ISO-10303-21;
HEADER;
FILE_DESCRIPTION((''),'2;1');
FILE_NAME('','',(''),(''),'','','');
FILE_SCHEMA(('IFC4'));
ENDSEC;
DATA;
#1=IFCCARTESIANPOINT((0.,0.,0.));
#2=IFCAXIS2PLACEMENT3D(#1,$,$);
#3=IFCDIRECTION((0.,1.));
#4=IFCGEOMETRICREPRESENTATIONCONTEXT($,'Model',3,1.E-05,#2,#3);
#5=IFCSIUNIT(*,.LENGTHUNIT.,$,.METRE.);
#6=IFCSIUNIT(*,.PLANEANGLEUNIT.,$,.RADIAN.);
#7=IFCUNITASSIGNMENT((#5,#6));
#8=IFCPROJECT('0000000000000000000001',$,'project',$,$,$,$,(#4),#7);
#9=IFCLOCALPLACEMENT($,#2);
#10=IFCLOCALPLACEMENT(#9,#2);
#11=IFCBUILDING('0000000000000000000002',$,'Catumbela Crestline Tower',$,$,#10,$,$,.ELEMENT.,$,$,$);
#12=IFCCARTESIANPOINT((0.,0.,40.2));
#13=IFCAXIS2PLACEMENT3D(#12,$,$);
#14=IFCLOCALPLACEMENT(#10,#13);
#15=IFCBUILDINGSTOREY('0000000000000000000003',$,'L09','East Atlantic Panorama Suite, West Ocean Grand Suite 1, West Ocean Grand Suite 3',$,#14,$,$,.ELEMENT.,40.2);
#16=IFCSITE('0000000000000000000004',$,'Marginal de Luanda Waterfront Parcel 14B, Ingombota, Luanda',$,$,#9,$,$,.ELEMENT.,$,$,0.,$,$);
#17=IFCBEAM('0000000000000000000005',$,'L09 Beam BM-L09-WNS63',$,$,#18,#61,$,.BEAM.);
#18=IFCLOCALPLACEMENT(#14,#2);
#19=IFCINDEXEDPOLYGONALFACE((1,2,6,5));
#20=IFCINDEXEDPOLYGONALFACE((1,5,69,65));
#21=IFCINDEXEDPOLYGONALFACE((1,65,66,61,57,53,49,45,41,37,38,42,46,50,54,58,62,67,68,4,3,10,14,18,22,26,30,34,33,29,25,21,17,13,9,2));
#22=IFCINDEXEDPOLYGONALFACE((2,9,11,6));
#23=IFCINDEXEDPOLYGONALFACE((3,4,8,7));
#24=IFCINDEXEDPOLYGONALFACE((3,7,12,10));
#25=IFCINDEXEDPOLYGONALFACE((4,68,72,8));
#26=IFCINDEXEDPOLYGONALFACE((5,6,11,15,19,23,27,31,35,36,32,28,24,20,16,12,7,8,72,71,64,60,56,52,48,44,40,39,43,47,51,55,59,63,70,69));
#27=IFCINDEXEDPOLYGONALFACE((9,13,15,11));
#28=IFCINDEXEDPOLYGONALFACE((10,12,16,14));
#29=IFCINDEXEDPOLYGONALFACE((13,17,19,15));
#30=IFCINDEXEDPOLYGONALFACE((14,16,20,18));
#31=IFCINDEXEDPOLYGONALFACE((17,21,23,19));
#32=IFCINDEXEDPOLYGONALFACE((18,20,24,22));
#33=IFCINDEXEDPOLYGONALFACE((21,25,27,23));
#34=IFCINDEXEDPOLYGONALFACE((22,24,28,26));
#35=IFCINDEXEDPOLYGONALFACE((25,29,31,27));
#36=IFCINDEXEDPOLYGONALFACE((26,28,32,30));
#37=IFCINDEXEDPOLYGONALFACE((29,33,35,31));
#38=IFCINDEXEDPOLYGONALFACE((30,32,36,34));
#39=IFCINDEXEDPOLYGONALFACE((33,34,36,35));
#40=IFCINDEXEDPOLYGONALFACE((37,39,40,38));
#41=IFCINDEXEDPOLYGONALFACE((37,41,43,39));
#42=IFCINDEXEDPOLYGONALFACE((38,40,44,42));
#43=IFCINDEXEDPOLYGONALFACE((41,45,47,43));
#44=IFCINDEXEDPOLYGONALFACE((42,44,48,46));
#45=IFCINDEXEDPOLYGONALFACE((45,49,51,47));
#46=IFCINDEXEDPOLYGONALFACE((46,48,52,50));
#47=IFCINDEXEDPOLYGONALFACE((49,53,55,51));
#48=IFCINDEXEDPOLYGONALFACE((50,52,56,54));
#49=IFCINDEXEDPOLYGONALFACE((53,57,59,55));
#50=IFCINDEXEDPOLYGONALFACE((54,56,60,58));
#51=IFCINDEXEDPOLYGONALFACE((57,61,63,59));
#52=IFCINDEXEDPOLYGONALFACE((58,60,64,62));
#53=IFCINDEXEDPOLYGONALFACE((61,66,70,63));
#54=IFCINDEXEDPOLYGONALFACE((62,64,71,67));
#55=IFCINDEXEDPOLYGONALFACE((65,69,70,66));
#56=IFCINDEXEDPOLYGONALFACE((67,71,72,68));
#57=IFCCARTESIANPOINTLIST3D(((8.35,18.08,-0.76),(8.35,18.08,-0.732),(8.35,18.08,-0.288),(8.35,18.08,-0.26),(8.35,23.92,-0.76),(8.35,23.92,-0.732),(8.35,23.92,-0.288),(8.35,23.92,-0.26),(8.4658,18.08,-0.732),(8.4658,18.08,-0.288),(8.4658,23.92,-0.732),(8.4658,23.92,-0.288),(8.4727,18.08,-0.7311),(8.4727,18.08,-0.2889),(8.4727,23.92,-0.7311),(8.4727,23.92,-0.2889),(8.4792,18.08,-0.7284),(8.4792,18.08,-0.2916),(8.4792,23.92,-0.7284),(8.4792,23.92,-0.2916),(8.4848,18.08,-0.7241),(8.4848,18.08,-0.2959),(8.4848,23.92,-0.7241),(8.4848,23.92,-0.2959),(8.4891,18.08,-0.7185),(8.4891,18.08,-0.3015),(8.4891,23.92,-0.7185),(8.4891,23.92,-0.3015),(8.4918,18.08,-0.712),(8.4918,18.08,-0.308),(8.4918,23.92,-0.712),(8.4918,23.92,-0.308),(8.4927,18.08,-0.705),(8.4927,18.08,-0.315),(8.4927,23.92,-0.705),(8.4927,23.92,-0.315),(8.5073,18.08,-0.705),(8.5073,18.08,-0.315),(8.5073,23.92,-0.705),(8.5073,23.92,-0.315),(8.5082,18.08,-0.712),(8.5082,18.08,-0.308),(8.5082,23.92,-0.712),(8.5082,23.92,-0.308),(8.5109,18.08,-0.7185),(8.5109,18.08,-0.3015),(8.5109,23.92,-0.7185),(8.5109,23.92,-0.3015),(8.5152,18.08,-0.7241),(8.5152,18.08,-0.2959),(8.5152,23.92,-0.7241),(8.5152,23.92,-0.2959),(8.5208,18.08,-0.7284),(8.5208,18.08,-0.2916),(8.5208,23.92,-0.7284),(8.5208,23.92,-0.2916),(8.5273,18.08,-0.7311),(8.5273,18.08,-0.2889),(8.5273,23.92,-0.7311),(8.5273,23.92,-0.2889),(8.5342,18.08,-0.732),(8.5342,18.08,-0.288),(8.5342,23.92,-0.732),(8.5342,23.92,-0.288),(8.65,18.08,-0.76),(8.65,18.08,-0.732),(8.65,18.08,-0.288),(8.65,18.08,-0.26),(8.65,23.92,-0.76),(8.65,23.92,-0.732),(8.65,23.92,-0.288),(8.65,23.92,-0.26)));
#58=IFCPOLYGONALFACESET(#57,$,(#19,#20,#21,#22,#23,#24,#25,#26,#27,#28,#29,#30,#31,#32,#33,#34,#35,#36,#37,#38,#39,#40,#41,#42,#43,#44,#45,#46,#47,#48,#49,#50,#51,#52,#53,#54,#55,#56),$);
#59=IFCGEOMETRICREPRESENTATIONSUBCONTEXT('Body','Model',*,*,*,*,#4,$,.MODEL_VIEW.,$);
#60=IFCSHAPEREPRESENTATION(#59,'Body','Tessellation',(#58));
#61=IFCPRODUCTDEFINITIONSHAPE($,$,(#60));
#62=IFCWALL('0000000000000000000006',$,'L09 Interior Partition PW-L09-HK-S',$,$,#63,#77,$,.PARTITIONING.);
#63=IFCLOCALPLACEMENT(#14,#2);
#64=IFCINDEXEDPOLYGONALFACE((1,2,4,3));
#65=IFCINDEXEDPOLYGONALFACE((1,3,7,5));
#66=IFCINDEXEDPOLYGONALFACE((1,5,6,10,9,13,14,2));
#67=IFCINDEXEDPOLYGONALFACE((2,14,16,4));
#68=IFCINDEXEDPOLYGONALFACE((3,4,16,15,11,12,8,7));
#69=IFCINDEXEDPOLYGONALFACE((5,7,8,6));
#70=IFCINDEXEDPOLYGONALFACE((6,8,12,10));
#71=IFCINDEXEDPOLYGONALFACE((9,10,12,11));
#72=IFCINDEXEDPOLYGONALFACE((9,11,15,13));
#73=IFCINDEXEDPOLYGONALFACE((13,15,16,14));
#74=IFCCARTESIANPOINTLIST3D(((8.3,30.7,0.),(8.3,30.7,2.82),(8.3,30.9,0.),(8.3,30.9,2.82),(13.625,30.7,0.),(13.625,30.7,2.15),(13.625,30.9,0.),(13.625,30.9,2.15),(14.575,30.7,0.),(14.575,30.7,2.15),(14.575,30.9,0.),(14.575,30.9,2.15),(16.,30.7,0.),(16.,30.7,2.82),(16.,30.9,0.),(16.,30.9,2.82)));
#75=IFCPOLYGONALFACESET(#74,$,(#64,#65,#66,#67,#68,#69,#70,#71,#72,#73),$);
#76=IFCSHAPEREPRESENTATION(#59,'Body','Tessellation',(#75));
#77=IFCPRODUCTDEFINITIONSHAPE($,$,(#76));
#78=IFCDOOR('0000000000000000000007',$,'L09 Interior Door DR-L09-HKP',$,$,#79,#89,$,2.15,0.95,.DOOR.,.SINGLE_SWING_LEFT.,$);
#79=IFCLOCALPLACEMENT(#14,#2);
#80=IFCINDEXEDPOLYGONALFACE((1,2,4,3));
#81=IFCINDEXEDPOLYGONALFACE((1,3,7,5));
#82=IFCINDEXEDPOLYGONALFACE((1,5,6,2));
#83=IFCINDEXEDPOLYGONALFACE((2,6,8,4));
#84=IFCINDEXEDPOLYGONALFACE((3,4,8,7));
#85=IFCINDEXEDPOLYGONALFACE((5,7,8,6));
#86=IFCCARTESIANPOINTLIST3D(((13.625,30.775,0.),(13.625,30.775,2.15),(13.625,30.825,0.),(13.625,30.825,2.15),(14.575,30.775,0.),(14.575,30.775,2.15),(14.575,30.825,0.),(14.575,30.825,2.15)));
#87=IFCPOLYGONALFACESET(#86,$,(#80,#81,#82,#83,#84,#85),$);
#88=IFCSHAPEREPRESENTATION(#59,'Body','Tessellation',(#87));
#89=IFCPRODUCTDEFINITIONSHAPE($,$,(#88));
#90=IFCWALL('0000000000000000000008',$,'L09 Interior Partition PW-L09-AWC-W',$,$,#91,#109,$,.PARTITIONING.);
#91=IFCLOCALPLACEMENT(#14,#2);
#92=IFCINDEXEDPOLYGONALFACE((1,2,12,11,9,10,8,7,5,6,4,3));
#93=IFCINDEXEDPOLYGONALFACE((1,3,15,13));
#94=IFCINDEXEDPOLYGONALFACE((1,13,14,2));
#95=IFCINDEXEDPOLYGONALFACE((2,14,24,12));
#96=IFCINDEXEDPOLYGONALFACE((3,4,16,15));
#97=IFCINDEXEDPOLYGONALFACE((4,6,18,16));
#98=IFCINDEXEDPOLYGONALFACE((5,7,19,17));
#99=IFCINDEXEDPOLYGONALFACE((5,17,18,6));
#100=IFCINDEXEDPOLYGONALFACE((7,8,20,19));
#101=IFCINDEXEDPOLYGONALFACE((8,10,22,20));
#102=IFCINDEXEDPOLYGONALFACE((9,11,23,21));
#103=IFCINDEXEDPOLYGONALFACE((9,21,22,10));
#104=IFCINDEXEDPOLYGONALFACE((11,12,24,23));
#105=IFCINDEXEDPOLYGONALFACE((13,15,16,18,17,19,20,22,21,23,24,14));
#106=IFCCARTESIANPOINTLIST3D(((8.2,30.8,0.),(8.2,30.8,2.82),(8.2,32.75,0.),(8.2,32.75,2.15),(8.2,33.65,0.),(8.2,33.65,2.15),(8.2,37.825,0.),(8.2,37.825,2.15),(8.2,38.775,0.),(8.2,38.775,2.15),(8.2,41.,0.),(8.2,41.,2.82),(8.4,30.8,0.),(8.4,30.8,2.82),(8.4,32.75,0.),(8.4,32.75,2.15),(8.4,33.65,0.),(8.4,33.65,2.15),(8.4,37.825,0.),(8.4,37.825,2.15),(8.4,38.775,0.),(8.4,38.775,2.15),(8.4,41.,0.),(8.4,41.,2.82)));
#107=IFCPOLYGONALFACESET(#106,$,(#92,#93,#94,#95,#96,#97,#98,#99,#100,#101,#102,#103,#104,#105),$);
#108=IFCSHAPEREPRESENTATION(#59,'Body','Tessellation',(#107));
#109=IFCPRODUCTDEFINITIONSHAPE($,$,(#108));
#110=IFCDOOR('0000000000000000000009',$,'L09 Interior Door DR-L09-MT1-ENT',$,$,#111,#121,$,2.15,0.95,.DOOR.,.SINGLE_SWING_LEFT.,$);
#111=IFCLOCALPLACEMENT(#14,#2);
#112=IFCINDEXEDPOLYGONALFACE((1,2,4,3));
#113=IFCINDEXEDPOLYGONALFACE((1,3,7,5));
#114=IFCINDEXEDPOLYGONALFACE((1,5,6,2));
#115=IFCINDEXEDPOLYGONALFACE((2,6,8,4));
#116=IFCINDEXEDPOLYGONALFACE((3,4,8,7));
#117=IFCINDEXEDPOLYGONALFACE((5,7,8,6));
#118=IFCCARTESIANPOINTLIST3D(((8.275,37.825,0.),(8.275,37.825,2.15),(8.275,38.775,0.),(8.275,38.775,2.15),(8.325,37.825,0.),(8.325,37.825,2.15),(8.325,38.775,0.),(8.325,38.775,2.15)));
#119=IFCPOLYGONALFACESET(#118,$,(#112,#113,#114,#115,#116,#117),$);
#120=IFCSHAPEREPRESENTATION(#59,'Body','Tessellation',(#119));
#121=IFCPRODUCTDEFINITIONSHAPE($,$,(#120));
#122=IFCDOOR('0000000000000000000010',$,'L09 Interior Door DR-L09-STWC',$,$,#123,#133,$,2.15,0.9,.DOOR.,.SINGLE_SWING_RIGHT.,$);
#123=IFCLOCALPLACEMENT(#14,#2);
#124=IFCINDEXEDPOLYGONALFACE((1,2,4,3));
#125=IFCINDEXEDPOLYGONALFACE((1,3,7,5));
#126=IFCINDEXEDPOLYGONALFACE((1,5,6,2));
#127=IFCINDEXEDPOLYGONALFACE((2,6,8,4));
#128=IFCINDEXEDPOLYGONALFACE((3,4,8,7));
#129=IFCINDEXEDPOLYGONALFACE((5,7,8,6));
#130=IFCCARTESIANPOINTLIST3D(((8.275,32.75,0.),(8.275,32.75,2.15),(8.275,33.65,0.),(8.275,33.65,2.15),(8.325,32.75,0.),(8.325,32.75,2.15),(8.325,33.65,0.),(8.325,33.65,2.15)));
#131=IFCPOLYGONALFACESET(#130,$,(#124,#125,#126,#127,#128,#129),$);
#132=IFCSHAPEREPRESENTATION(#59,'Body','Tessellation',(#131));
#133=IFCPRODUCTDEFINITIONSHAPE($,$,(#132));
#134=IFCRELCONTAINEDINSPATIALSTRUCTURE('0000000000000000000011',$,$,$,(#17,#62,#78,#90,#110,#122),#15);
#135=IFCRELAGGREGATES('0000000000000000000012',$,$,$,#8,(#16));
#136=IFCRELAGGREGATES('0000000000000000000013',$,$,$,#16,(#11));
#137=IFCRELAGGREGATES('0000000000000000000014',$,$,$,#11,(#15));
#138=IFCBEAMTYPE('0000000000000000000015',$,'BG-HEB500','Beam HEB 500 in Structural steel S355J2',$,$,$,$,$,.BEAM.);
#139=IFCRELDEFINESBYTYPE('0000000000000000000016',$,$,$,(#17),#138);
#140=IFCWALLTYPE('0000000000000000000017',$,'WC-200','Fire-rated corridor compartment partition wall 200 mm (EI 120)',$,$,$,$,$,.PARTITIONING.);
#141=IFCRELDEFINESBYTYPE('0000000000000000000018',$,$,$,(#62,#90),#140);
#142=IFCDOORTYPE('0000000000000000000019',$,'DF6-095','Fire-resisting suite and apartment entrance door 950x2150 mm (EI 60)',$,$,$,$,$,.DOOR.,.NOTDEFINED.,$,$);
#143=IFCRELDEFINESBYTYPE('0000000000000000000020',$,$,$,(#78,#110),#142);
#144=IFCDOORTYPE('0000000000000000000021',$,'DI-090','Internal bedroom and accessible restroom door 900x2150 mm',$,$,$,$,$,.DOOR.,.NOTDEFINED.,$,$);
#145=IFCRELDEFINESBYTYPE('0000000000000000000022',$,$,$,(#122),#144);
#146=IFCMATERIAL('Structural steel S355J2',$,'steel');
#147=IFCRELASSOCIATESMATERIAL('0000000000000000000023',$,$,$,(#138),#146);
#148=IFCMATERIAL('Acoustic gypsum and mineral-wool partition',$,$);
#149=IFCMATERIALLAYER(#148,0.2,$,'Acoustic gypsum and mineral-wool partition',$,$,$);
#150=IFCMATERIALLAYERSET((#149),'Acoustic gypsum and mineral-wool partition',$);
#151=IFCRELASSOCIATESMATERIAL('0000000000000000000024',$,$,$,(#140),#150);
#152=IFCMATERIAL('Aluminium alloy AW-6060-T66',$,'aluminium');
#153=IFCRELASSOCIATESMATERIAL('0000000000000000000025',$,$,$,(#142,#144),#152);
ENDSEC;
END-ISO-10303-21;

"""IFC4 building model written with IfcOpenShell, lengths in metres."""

from ifc_helpers import new_model, si_unit, direction, frame, frame_2d, origin, origin_2d, place, context, subcontext, project, spatial, rectangle, i_section, extrude, material, layer, layer_set, material_profile, profile_set, type_object, element, fill, save


model = new_model("IFC4")

# Units and contexts
model_context = context("Model", 3, precision=1e-05, world=origin(), true_north=direction((0.0, 1.0)))
body_context = subcontext(model_context, "Body", "Model", "MODEL_VIEW")
ifc_project = project(units=[si_unit("LENGTHUNIT", "METRE"), si_unit("PLANEANGLEUNIT", "RADIAN")], contexts=[model_context])

# Site, building, storey
site_placement = place(None, origin())
site = spatial("IfcSite", under=ifc_project, at=site_placement, Name="Marginal de Luanda Waterfront Parcel 14B, Ingombota, Luanda", CompositionType="ELEMENT", RefElevation=0.0)
building_placement = place(site_placement, origin())
building = spatial("IfcBuilding", under=site, at=building_placement, Name="Catumbela Crestline Tower", CompositionType="ELEMENT")
storey_placement = place(building_placement, frame((0.0, 0.0, 40.2)))
storey = spatial("IfcBuildingStorey", under=building, at=storey_placement, Name="L09", Description="East Atlantic Panorama Suite, West Ocean Grand Suite 1, West Ocean Grand Suite 3", CompositionType="ELEMENT", Elevation=40.2)

# Beam
ifc_material_1 = material(Name="Structural steel S355J2", Category="steel")
ifc_material_profile_1 = material_profile(ifc_material_1, i_section(OverallWidth=0.3, OverallDepth=0.5, WebThickness=0.0145, FlangeThickness=0.028, FilletRadius=0.027, at=origin_2d()), Name="HEB 500")
ifc_profile_set_1 = profile_set([ifc_material_profile_1], Name="Structural steel S355J2")
beam_type = type_object("IfcBeamType", Name="BG-HEB500", Description="Beam HEB 500 in Structural steel S355J2", PredefinedType="BEAM", material=ifc_profile_set_1)
beam_1_placement = place(storey_placement, frame((8.5, 18.08, -0.51), z_axis=(0.0, 1.0, 0.0), x_axis=(-1.0, 0.0, 0.0)))
element("IfcBeam", 1, at=beam_1_placement, inside=storey, type_object=beam_type, Name="L09 Beam BM-L09-WNS63", PredefinedType="BEAM", context=body_context, shape_type="SweptSolid", body=[
    extrude(i_section(OverallWidth=0.3, OverallDepth=0.5, WebThickness=0.0145, FlangeThickness=0.028, FilletRadius=0.027, at=origin_2d()), origin(), (0.0, 0.0, 1.0), 5.84),
])

# Wall, opening, door
ifc_material_2 = material(Name="Acoustic gypsum and mineral-wool partition")
ifc_layer = layer(ifc_material_2, 0.2, Name="Acoustic gypsum and mineral-wool partition")
ifc_layer_set = layer_set([ifc_layer], Name="Acoustic gypsum and mineral-wool partition")
wall_type = type_object("IfcWallType", Name="WC-200", Description="Fire-rated corridor compartment partition wall 200 mm (EI 120)", PredefinedType="PARTITIONING", material=ifc_layer_set)
wall_1_placement = place(storey_placement, frame((8.3, 30.8, 0.0), z_axis=(0.0, 0.0, 1.0), x_axis=(1.0, 0.0, 0.0)))
wall_1 = element("IfcWall", 2, at=wall_1_placement, inside=storey, type_object=wall_type, Name="L09 Interior Partition PW-L09-HK-S", PredefinedType="PARTITIONING", context=body_context, shape_type="SweptSolid", body=[
    extrude(rectangle(XDim=7.7, YDim=0.2, at=frame_2d((3.85, 0.0))), origin(), (0.0, 0.0, 1.0), 2.82),
])
opening_1_placement = place(wall_1_placement, frame((5.325, 0.0, 0.0)))
opening_1 = element("IfcOpeningElement", 3, at=opening_1_placement, cuts=wall_1, PredefinedType="OPENING", context=body_context, shape_type="SweptSolid", body=[
    extrude(rectangle(XDim=0.95, YDim=2.15, at=frame_2d((0.475, 1.075))), frame((0.0, 0.11, 0.0), z_axis=(0.0, -1.0, 0.0), x_axis=(1.0, 0.0, 0.0)), (0.0, 0.0, 1.0), 0.22),
])
ifc_material_3 = material(Name="Aluminium alloy AW-6060-T66", Category="aluminium")
door_type_1 = type_object("IfcDoorType", Name="DF6-095", Description="Fire-resisting suite and apartment entrance door 950x2150 mm (EI 60)", OperationType="NOTDEFINED", PredefinedType="DOOR", material=ifc_material_3)
door_1_placement = place(opening_1_placement, origin())
door_1 = element("IfcDoor", 4, at=door_1_placement, inside=storey, type_object=door_type_1, Name="L09 Interior Door DR-L09-HKP", OperationType="SINGLE_SWING_LEFT", OverallHeight=2.15, OverallWidth=0.95, PredefinedType="DOOR", context=body_context, shape_type="SweptSolid", body=[
    extrude(rectangle(XDim=0.95, YDim=2.15, at=frame_2d((0.475, 1.075))), frame((0.0, 0.025, 0.0), z_axis=(0.0, -1.0, 0.0), x_axis=(1.0, 0.0, 0.0)), (0.0, 0.0, 1.0), 0.05),
])
fill(opening_1, door_1)

# Wall, openings, doors
wall_2_placement = place(storey_placement, frame((8.3, 30.8, 0.0), z_axis=(0.0, 0.0, 1.0), x_axis=(0.0, 1.0, 0.0)))
wall_2 = element("IfcWall", 5, at=wall_2_placement, inside=storey, type_object=wall_type, Name="L09 Interior Partition PW-L09-AWC-W", PredefinedType="PARTITIONING", context=body_context, shape_type="SweptSolid", body=[
    extrude(rectangle(XDim=10.2, YDim=0.2, at=frame_2d((5.1, 0.0))), origin(), (0.0, 0.0, 1.0), 2.82),
])
opening_2_placement = place(wall_2_placement, frame((1.95, 0.0, 0.0)))
opening_2 = element("IfcOpeningElement", 6, at=opening_2_placement, cuts=wall_2, PredefinedType="OPENING", context=body_context, shape_type="SweptSolid", body=[
    extrude(rectangle(XDim=0.9, YDim=2.15, at=frame_2d((0.45, 1.075))), frame((0.0, 0.11, 0.0), z_axis=(0.0, -1.0, 0.0), x_axis=(1.0, 0.0, 0.0)), (0.0, 0.0, 1.0), 0.22),
])
opening_3_placement = place(wall_2_placement, frame((7.025, 0.0, 0.0)))
opening_3 = element("IfcOpeningElement", 7, at=opening_3_placement, cuts=wall_2, PredefinedType="OPENING", context=body_context, shape_type="SweptSolid", body=[
    extrude(rectangle(XDim=0.95, YDim=2.15, at=frame_2d((0.475, 1.075))), frame((0.0, 0.11, 0.0), z_axis=(0.0, -1.0, 0.0), x_axis=(1.0, 0.0, 0.0)), (0.0, 0.0, 1.0), 0.22),
])
door_2_placement = place(opening_3_placement, origin())
door_2 = element("IfcDoor", 8, at=door_2_placement, inside=storey, type_object=door_type_1, Name="L09 Interior Door DR-L09-MT1-ENT", OperationType="SINGLE_SWING_LEFT", OverallHeight=2.15, OverallWidth=0.95, PredefinedType="DOOR", context=body_context, shape_type="SweptSolid", body=[
    extrude(rectangle(XDim=0.95, YDim=2.15, at=frame_2d((0.475, 1.075))), frame((0.0, 0.025, 0.0), z_axis=(0.0, -1.0, 0.0), x_axis=(1.0, 0.0, 0.0)), (0.0, 0.0, 1.0), 0.05),
])
fill(opening_3, door_2)
door_type_2 = type_object("IfcDoorType", Name="DI-090", Description="Internal bedroom and accessible restroom door 900x2150 mm", OperationType="NOTDEFINED", PredefinedType="DOOR", material=ifc_material_3)
door_3_placement = place(opening_2_placement, origin())
door_3 = element("IfcDoor", 9, at=door_3_placement, inside=storey, type_object=door_type_2, Name="L09 Interior Door DR-L09-STWC", OperationType="SINGLE_SWING_RIGHT", OverallHeight=2.15, OverallWidth=0.9, PredefinedType="DOOR", context=body_context, shape_type="SweptSolid", body=[
    extrude(rectangle(XDim=0.9, YDim=2.15, at=frame_2d((0.45, 1.075))), frame((0.0, 0.025, 0.0), z_axis=(0.0, -1.0, 0.0), x_axis=(1.0, 0.0, 0.0)), (0.0, 0.0, 1.0), 0.05),
])
fill(opening_2, door_3)

save(model, "model.ifc")
